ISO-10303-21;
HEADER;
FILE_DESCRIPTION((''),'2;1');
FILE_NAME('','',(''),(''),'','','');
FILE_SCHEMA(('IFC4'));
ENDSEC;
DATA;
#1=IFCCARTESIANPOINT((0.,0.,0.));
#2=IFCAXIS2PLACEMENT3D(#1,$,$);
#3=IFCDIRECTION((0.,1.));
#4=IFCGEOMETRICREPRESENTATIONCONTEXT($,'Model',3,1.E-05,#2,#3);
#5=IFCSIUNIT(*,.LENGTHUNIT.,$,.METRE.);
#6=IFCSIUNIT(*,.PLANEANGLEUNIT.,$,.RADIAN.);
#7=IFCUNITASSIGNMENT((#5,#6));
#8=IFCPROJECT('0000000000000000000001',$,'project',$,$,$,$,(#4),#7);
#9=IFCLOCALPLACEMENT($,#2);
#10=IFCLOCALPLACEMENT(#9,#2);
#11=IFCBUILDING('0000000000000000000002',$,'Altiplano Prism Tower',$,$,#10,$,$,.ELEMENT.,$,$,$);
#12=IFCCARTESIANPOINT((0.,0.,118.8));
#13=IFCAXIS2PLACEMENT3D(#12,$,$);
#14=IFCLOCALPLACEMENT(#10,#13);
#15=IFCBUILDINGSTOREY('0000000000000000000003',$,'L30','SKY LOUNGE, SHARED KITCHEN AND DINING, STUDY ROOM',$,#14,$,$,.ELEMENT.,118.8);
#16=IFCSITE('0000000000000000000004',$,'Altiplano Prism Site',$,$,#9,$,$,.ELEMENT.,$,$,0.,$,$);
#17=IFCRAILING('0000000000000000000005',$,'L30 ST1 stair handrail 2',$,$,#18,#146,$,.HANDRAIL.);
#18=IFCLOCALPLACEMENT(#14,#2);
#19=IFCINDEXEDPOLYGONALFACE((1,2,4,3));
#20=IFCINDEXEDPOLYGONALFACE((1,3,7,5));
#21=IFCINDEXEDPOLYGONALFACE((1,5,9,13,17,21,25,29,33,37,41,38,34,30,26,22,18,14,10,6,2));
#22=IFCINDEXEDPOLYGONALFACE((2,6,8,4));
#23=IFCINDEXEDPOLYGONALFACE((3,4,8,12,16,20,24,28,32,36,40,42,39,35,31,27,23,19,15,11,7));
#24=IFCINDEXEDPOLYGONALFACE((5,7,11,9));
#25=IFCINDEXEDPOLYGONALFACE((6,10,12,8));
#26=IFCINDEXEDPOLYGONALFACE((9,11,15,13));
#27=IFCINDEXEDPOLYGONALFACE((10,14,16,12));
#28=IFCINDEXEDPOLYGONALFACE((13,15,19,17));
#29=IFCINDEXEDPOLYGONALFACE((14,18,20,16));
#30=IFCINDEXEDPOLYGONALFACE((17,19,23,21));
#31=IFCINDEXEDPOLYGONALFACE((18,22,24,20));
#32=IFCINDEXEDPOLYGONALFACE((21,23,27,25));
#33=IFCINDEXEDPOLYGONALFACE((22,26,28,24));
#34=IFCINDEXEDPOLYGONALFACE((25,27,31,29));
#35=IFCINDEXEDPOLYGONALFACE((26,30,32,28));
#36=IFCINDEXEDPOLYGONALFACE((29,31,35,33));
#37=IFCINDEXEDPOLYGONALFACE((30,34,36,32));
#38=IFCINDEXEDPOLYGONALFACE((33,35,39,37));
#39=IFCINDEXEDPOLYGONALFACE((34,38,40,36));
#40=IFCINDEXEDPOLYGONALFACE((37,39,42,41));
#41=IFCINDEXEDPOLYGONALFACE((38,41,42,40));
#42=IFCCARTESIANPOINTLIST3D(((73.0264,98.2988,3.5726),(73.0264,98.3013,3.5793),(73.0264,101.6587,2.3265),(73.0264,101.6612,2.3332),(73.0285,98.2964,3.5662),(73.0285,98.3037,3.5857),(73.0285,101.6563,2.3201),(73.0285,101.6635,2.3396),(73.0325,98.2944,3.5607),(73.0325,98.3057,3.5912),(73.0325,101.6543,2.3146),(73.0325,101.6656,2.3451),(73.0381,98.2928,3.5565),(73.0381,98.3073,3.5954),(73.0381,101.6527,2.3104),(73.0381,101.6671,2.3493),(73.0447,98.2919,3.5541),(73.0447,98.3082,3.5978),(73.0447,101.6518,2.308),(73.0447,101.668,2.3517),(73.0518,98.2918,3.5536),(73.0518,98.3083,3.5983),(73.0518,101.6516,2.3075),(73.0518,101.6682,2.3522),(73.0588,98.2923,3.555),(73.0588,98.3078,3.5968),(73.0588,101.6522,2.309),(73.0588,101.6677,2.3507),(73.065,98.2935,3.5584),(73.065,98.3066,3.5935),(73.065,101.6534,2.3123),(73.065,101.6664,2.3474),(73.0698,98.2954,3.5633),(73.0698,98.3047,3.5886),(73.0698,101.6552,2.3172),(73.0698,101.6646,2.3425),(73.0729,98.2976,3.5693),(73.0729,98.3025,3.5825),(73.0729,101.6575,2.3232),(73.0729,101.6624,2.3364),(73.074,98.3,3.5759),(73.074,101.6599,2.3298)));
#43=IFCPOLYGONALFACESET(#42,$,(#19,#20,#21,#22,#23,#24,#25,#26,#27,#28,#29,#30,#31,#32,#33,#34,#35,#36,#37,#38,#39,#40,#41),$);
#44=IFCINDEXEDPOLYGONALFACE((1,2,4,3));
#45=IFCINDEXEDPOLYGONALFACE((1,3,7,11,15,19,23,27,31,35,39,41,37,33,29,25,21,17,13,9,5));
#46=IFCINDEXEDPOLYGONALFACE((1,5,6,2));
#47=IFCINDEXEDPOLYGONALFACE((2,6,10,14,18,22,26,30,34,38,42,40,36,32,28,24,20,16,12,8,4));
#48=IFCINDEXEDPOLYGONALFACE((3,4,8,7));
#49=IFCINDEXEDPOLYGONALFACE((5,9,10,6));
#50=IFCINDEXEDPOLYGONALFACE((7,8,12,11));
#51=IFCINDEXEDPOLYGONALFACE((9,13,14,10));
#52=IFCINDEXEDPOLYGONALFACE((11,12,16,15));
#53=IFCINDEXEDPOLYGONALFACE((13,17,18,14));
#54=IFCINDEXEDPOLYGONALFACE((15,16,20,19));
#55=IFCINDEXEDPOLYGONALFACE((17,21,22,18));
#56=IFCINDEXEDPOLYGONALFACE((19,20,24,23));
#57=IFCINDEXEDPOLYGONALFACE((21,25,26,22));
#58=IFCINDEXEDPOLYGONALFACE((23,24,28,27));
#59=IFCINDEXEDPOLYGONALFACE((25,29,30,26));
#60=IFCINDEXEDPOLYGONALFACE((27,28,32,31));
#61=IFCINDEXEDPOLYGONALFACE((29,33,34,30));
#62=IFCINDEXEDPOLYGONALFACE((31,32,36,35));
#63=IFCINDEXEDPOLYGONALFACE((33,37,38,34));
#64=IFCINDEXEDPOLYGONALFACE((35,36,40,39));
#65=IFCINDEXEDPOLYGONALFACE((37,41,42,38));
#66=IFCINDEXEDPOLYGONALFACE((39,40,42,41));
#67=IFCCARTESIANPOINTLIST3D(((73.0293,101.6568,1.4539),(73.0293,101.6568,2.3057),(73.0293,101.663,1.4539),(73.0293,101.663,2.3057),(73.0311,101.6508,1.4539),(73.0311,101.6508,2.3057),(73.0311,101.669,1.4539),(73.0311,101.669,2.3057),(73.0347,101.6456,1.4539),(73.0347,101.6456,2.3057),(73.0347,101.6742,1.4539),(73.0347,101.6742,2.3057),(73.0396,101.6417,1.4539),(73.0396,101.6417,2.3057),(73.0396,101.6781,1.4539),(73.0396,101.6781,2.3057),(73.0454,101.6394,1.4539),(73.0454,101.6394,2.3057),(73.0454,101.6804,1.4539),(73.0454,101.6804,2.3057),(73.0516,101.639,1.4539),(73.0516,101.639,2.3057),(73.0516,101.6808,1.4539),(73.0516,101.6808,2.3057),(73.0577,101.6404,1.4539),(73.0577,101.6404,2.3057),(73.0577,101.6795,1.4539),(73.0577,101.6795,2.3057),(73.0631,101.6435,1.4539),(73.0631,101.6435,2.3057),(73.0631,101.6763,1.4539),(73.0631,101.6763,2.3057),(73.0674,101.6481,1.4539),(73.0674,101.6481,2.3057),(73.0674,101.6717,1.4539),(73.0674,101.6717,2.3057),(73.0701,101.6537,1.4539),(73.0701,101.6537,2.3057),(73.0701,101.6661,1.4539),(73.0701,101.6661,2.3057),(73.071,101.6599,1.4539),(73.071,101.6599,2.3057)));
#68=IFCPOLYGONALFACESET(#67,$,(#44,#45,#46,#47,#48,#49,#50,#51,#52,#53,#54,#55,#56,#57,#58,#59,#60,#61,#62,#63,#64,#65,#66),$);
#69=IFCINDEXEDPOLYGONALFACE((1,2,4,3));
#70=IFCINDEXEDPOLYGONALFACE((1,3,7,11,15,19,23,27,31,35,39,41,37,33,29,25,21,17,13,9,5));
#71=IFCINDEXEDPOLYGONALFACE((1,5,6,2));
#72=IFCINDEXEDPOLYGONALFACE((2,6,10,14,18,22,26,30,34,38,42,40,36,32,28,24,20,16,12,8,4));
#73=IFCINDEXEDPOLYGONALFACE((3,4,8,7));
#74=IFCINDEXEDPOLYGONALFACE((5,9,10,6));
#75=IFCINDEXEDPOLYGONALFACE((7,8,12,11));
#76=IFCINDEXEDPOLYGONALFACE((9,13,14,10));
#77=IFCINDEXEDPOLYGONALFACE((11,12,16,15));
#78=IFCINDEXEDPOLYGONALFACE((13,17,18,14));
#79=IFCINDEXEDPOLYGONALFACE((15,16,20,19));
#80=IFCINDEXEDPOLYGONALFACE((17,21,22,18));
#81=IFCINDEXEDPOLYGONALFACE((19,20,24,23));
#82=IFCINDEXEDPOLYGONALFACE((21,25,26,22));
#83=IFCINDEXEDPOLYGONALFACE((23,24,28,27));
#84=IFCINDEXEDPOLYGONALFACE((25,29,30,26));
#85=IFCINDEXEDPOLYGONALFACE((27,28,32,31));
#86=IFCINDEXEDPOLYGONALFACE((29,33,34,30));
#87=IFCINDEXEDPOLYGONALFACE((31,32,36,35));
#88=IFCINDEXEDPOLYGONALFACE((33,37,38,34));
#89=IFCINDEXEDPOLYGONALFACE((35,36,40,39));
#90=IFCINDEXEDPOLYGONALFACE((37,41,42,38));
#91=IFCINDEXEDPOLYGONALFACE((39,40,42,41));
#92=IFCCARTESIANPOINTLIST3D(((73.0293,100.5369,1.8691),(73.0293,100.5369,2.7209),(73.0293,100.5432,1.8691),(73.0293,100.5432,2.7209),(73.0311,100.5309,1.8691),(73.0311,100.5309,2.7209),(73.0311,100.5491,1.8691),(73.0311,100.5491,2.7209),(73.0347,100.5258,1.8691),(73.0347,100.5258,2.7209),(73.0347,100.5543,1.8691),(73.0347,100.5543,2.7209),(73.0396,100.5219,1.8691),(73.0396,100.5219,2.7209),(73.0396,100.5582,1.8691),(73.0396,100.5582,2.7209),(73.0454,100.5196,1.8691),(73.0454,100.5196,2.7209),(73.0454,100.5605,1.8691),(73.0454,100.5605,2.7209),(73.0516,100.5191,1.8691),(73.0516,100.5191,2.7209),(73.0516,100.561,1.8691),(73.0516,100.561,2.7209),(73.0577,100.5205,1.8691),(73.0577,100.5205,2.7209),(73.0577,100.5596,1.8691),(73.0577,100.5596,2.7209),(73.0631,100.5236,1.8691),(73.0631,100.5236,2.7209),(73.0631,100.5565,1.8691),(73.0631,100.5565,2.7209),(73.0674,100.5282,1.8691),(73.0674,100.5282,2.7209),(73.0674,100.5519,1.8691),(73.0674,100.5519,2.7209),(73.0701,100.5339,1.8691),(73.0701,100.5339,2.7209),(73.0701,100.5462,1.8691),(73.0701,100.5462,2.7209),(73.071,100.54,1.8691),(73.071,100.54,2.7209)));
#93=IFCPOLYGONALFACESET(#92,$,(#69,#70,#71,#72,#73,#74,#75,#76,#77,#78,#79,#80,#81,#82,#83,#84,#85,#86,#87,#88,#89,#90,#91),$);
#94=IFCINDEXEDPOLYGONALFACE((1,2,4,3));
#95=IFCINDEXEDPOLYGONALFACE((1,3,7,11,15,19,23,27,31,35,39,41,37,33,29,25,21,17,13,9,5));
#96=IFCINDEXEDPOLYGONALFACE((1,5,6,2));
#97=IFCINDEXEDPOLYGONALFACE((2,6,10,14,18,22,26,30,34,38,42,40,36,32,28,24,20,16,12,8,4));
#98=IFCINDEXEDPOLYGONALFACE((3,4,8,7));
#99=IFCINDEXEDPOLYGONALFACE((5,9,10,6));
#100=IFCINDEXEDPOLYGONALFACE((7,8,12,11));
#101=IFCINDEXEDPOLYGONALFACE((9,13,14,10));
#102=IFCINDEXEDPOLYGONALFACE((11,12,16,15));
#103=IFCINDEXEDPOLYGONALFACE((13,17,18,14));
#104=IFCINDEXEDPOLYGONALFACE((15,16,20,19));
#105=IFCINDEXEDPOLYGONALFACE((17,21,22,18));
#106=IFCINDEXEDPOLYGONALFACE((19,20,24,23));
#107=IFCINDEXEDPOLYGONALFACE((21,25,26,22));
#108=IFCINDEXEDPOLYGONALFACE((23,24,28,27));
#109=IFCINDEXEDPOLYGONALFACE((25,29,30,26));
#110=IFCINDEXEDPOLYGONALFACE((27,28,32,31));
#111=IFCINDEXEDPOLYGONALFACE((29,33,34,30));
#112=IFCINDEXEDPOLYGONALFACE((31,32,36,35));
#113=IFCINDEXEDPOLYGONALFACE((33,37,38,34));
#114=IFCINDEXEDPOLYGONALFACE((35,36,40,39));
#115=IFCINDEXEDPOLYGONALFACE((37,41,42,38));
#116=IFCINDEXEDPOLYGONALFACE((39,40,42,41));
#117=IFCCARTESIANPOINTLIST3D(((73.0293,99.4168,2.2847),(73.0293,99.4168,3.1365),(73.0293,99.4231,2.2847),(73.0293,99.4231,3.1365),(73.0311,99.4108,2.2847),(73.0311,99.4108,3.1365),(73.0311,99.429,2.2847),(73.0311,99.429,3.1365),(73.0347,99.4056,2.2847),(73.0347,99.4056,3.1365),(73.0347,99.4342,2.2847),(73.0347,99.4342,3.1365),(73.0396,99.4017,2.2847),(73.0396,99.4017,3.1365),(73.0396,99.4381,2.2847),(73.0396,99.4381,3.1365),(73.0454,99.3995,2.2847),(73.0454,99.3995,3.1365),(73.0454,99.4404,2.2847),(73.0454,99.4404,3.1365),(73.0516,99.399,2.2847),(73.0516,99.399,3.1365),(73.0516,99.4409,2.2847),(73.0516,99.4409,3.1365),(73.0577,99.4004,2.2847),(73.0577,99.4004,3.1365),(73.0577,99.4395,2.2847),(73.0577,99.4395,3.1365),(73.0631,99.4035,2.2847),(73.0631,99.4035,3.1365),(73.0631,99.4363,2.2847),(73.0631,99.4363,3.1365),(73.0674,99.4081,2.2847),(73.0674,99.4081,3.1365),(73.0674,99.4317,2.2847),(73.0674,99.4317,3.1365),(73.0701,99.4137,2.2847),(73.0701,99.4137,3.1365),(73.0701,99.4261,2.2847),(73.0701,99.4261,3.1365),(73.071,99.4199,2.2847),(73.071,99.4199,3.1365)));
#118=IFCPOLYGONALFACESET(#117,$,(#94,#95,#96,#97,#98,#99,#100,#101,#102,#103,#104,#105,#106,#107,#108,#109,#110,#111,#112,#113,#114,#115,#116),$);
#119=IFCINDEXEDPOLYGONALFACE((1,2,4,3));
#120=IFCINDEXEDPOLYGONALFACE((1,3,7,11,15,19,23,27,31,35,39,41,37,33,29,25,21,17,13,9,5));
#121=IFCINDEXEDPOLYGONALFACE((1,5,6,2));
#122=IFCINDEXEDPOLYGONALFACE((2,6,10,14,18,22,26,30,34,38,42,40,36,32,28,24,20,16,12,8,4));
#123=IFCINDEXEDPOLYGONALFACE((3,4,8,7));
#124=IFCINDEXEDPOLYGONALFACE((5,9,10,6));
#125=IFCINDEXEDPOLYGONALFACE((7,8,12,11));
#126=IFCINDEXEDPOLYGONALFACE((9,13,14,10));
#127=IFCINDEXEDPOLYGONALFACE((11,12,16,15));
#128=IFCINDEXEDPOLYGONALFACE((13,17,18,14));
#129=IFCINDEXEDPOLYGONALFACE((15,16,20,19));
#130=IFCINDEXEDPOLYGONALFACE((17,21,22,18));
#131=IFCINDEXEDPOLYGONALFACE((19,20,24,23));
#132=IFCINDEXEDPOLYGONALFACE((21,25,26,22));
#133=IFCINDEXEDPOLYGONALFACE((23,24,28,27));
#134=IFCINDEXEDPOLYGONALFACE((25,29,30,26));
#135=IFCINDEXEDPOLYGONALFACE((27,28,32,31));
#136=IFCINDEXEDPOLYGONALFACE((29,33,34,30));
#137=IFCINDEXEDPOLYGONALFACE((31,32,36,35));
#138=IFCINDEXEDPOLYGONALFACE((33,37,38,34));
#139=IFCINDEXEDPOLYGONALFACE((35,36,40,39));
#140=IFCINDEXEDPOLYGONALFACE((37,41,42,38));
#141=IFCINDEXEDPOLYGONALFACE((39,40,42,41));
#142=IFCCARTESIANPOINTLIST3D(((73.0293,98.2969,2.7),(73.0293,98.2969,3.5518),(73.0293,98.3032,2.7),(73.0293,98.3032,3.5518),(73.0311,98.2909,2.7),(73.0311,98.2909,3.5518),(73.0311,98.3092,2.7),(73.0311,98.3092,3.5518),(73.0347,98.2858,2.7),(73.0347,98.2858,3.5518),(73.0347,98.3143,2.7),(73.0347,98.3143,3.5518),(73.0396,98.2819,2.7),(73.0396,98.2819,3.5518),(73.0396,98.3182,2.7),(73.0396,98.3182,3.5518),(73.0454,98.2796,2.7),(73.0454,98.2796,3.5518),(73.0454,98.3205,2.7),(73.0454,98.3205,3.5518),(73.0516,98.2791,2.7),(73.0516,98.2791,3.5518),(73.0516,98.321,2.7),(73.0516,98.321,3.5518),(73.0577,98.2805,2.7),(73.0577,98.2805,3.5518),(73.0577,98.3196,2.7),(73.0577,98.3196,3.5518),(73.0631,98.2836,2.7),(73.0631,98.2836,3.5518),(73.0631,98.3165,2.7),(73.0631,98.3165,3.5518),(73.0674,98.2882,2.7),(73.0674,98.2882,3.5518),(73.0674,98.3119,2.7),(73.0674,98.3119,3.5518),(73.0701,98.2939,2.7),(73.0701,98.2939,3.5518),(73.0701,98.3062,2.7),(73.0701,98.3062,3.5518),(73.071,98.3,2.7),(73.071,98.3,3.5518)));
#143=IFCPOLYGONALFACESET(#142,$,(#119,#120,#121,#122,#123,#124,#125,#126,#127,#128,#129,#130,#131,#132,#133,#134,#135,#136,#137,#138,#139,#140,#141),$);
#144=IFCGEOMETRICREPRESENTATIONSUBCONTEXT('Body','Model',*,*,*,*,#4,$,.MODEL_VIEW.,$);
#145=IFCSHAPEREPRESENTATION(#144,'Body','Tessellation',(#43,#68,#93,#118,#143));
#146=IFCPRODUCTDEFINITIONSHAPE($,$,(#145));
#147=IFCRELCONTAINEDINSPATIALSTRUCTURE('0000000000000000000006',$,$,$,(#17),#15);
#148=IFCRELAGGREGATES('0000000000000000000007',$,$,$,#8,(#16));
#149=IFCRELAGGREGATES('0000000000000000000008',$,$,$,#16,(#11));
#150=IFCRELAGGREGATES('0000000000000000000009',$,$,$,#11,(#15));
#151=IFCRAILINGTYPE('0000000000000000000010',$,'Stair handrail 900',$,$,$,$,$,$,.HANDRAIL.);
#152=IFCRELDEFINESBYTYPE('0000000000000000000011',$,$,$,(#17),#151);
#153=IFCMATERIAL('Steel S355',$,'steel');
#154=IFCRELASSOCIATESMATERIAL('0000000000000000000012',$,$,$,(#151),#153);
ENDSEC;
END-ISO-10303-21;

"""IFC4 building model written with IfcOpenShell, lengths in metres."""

from ifc_helpers import new_model, si_unit, direction, frame, origin, origin_2d, place, context, subcontext, project, spatial, circle, extrude, material, type_object, element, save


model = new_model("IFC4")

# Units and contexts
model_context = context("Model", 3, precision=1e-05, world=origin(), true_north=direction((0.0, 1.0)))
body_context = subcontext(model_context, "Body", "Model", "MODEL_VIEW")
ifc_project = project(units=[si_unit("LENGTHUNIT", "METRE"), si_unit("PLANEANGLEUNIT", "RADIAN")], contexts=[model_context])

# Site, building, storey
site_placement = place(None, origin())
site = spatial("IfcSite", under=ifc_project, at=site_placement, Name="Altiplano Prism Site", CompositionType="ELEMENT", RefElevation=0.0)
building_placement = place(site_placement, origin())
building = spatial("IfcBuilding", under=site, at=building_placement, Name="Altiplano Prism Tower", CompositionType="ELEMENT")
storey_placement = place(building_placement, frame((0.0, 0.0, 118.8)))
storey = spatial("IfcBuildingStorey", under=building, at=storey_placement, Name="L30", Description="SKY LOUNGE, SHARED KITCHEN AND DINING, STUDY ROOM", CompositionType="ELEMENT", Elevation=118.8)

# Railing
ifc_material_1 = material(Name="Steel S355", Category="steel")
railing_type = type_object("IfcRailingType", Name="Stair handrail 900", PredefinedType="HANDRAIL", material=ifc_material_1)
for number, where, name in (
    (1, (73.05, 101.6599, 1.4539), "L30 ST1 stair handrail 2"),
):
    element("IfcRailing", number, at=place(storey_placement, frame(where)), inside=storey, type_object=railing_type, Name=name, PredefinedType="HANDRAIL", context=body_context, shape_type="SweptSolid", body=[
        extrude(circle(Radius=0.0239, at=origin_2d()), frame((0.0, 0.0, 0.876), z_axis=(0.0, -0.937594, 0.347731), x_axis=(1.0, 0.0, 0.0)), (0.0, 0.0, 1.0), 3.5835),
        extrude(circle(Radius=0.021, at=origin_2d()), origin(), (0.0, 0.0, 1.0), 0.8518),
        extrude(circle(Radius=0.021, at=origin_2d()), frame((0.0, -1.1199, 0.4153)), (0.0, 0.0, 1.0), 0.8518),
        extrude(circle(Radius=0.021, at=origin_2d()), frame((0.0, -2.24, 0.8308)), (0.0, 0.0, 1.0), 0.8518),
        extrude(circle(Radius=0.021, at=origin_2d()), frame((0.0, -3.3599, 1.2461)), (0.0, 0.0, 1.0), 0.8518),
    ])

save(model, "model.ifc")
